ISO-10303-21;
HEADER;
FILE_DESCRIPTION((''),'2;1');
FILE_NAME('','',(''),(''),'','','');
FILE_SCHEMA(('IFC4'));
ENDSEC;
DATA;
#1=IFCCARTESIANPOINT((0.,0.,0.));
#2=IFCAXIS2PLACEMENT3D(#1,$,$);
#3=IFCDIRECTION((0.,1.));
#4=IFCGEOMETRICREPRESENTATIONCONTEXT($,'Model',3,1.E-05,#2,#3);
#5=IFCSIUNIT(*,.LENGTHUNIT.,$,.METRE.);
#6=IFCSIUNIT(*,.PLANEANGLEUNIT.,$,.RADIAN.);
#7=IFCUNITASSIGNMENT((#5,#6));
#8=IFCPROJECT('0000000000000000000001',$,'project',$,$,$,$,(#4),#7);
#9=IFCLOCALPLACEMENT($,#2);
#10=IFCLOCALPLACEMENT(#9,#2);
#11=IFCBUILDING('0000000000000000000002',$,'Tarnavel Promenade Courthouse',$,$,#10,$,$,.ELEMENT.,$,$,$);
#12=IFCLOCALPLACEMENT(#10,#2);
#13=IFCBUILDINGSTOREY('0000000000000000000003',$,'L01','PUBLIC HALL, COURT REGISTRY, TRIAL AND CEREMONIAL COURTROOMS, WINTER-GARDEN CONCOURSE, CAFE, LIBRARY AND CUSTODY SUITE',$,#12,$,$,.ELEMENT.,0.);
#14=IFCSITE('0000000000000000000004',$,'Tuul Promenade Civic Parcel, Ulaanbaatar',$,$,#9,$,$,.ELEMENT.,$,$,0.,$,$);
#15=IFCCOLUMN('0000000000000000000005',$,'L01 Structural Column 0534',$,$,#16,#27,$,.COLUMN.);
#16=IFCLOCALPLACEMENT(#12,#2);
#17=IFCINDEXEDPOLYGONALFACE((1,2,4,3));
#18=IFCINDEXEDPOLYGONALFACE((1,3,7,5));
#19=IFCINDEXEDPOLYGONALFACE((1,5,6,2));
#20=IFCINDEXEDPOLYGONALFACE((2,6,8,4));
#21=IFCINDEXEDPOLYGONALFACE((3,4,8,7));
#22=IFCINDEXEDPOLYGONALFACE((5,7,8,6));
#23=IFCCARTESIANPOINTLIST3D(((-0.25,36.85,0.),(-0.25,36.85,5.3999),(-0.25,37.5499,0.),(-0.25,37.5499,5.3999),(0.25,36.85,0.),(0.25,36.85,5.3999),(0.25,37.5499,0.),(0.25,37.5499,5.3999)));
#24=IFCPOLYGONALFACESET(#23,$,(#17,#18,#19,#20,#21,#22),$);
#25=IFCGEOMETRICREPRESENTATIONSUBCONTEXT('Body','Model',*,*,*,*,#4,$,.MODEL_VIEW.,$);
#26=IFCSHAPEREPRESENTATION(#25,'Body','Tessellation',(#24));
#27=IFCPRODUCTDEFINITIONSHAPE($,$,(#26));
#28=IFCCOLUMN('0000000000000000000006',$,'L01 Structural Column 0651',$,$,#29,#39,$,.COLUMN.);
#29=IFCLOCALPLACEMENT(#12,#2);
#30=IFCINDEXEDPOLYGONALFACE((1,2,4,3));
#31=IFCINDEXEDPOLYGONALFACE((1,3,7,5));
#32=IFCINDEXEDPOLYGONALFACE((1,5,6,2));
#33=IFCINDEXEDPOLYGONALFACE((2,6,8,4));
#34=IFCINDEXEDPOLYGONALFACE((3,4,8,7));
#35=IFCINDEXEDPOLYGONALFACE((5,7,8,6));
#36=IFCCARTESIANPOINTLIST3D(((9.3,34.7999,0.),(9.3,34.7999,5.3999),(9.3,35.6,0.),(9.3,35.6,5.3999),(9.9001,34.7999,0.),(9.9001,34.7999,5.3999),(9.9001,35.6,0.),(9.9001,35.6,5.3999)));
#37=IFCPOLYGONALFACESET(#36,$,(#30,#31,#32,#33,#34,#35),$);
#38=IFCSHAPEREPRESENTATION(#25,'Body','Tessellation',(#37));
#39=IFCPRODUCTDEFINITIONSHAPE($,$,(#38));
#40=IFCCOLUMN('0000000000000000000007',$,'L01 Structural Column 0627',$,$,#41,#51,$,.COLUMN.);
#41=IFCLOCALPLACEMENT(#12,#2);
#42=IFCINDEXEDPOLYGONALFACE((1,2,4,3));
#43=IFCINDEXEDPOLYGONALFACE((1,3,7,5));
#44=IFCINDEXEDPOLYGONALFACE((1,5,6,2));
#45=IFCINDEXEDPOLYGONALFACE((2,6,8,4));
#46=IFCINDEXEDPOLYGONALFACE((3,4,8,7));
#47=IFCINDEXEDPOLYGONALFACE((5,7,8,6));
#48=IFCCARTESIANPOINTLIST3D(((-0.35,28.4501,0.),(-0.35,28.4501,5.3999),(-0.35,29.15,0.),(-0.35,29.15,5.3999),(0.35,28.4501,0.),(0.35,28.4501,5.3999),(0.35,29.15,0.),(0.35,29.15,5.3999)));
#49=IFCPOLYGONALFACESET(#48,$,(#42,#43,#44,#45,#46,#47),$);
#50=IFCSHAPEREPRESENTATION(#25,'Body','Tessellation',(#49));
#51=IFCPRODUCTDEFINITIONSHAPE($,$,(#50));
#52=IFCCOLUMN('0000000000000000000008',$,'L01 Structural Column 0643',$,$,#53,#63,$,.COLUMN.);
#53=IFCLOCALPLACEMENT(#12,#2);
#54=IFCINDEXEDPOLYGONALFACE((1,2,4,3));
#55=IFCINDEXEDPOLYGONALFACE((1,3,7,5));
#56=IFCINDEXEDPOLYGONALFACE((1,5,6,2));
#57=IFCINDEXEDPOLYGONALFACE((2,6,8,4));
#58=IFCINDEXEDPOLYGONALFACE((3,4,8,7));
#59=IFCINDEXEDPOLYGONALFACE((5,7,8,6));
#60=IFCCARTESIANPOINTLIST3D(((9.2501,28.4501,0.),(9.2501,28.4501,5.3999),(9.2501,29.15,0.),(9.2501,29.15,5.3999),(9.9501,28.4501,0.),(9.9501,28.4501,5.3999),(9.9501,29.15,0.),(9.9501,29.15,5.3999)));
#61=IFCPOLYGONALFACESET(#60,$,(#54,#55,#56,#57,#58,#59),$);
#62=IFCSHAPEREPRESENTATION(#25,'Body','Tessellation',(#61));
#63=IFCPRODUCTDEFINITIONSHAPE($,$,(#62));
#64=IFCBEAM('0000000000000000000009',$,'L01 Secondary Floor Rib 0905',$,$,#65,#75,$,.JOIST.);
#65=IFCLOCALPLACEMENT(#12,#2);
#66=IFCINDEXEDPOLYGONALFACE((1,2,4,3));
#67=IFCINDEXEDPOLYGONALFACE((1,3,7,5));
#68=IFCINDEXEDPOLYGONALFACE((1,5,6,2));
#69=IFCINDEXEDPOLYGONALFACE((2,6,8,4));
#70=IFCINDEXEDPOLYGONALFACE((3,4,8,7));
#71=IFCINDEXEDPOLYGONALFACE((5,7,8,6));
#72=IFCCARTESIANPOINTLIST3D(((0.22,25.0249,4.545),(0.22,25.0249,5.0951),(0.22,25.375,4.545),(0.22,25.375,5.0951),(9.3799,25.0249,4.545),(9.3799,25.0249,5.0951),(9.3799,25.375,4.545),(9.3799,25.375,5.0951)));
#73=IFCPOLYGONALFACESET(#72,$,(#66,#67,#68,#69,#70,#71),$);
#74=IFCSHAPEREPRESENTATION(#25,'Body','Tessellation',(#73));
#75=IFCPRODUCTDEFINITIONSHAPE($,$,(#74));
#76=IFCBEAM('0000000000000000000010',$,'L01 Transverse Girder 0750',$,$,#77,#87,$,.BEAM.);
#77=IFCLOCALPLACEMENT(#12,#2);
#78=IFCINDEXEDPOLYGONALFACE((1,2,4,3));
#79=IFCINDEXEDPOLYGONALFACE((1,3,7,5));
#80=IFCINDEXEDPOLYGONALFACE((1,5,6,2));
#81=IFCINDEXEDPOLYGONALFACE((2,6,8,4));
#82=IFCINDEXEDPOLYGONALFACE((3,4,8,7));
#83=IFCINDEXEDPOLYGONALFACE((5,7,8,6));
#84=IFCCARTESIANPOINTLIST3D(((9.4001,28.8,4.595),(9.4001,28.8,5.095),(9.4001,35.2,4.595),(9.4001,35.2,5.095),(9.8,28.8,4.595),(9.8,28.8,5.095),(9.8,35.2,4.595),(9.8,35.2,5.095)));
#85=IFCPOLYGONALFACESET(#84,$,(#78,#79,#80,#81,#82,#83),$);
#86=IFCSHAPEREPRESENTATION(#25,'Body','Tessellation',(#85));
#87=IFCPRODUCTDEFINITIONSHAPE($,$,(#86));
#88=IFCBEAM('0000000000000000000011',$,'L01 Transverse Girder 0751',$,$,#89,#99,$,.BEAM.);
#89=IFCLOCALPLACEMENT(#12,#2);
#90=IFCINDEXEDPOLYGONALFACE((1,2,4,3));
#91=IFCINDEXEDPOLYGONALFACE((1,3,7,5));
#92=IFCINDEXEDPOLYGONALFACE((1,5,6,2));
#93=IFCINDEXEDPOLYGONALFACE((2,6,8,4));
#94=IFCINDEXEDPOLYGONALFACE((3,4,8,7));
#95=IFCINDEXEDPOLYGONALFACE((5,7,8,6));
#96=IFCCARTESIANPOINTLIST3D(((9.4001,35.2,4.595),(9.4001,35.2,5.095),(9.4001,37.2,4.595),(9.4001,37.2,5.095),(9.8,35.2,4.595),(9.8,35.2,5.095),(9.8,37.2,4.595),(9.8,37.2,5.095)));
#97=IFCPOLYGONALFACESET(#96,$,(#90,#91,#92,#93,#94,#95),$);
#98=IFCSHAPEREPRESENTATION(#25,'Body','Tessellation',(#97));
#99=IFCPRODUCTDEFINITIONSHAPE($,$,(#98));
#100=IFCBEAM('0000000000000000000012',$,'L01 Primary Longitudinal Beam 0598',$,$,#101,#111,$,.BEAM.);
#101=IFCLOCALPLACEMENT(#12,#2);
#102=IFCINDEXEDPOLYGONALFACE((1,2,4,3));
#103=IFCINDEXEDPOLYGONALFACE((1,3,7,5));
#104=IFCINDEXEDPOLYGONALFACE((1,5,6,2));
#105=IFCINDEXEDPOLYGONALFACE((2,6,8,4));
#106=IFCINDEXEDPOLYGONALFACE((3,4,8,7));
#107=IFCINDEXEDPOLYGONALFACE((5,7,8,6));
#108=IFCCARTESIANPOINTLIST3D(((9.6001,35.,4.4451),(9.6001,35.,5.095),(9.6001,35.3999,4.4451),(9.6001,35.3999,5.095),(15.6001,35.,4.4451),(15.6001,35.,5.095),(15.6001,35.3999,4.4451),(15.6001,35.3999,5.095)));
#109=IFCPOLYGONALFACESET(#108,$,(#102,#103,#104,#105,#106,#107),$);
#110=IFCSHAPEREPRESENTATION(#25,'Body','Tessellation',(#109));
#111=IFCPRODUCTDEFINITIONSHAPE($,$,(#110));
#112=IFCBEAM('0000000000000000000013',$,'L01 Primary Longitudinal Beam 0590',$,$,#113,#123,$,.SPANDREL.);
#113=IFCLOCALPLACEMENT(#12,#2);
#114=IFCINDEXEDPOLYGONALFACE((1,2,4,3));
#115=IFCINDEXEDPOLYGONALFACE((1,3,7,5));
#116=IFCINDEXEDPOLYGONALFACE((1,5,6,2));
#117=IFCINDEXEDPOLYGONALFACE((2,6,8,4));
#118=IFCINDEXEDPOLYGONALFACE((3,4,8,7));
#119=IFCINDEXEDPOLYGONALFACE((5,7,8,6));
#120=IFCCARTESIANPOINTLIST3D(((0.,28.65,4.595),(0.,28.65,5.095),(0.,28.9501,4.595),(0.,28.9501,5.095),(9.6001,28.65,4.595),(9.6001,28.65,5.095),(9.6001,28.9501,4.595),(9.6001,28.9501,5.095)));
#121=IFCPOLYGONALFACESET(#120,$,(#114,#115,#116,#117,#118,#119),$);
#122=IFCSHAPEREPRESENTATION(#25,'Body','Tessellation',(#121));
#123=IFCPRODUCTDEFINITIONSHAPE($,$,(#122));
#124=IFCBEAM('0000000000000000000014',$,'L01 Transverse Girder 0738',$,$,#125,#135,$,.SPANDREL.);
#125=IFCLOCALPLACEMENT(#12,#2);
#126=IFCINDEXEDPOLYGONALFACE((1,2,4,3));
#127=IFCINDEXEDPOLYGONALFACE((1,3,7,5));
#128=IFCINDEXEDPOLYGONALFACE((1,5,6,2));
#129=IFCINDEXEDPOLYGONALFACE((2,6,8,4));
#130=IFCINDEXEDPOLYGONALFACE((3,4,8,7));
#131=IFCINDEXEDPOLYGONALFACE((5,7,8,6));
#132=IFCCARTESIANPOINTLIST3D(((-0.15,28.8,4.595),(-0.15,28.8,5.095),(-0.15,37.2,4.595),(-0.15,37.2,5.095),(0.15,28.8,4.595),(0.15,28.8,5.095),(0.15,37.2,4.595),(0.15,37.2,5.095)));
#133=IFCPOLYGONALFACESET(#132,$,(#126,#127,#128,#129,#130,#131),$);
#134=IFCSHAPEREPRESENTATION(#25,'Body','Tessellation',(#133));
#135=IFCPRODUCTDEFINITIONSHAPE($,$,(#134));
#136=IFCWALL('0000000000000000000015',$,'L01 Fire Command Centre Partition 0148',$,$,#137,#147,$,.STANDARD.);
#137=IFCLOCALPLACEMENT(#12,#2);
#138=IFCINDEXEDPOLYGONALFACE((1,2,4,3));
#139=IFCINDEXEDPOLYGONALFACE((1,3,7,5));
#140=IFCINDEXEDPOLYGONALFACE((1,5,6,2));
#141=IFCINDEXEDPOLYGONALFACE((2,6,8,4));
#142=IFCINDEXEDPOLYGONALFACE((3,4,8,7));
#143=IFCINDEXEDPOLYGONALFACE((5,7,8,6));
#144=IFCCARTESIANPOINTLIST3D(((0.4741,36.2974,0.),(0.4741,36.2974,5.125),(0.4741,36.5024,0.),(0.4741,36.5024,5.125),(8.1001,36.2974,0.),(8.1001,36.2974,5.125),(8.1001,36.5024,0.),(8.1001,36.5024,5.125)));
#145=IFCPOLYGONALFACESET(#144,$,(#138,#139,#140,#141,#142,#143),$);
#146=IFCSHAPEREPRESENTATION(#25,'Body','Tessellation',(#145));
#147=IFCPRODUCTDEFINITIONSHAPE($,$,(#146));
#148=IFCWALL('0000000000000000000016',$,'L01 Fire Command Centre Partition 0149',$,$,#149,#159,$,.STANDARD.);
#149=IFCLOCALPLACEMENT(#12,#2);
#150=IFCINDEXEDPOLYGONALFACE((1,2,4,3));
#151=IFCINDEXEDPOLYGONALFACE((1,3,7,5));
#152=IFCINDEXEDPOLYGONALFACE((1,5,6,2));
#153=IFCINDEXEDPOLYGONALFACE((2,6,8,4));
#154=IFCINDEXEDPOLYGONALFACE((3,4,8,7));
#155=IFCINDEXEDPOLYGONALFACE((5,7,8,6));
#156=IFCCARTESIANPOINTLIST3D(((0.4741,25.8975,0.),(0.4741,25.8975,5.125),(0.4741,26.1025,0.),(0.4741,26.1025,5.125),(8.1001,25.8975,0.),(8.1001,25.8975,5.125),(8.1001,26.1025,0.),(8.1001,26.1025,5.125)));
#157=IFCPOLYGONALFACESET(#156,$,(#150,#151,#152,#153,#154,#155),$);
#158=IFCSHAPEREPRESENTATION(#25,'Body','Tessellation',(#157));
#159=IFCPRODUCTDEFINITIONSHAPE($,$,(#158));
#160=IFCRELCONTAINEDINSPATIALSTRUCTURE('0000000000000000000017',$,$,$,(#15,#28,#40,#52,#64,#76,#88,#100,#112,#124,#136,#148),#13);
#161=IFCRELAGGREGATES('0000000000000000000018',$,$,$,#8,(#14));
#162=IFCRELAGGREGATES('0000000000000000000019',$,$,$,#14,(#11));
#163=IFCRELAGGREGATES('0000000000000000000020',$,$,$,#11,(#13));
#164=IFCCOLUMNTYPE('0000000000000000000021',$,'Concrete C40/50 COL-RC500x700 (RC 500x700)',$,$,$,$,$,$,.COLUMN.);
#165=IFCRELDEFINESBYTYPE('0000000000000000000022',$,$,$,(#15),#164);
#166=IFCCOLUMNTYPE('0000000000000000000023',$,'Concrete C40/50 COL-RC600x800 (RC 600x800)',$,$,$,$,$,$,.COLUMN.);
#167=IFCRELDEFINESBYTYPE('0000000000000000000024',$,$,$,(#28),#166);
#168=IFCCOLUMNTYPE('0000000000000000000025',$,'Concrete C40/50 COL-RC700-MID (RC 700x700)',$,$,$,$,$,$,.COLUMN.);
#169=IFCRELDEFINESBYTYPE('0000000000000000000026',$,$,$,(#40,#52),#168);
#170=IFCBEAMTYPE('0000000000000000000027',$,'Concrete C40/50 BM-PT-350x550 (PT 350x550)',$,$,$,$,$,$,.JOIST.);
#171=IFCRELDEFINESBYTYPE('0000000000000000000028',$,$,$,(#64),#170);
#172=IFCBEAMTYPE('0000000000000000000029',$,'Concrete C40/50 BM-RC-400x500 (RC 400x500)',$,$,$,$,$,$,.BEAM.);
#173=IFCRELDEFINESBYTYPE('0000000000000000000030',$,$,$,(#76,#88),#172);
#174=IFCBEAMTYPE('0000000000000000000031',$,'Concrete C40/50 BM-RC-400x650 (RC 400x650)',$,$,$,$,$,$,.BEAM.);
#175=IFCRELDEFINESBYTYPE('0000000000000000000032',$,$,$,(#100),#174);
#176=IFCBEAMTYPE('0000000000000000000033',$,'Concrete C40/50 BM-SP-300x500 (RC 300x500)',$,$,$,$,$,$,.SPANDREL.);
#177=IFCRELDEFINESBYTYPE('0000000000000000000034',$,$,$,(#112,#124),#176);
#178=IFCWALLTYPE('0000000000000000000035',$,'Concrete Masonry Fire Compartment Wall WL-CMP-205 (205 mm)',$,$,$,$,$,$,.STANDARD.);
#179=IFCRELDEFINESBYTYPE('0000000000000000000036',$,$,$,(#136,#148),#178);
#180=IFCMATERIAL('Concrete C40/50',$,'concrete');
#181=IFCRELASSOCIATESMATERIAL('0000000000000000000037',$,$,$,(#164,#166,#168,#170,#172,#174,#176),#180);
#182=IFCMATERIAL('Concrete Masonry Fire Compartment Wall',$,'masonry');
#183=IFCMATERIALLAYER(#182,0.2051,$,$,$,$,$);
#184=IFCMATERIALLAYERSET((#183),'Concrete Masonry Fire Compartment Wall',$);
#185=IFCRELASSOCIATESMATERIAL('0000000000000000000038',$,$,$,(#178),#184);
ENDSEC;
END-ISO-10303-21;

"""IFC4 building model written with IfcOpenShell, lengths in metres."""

from ifc_helpers import new_model, si_unit, direction, frame, frame_2d, origin, origin_2d, place, context, subcontext, project, spatial, rectangle, extrude, material, layer, layer_set, material_profile, profile_set, type_object, element, save


model = new_model("IFC4")

# Units and contexts
model_context = context("Model", 3, precision=1e-05, world=origin(), true_north=direction((0.0, 1.0)))
body_context = subcontext(model_context, "Body", "Model", "MODEL_VIEW")
ifc_project = project(units=[si_unit("LENGTHUNIT", "METRE"), si_unit("PLANEANGLEUNIT", "RADIAN")], contexts=[model_context])

# Site, building, storey
site_placement = place(None, origin())
site = spatial("IfcSite", under=ifc_project, at=site_placement, Name="Tuul Promenade Civic Parcel, Ulaanbaatar", CompositionType="ELEMENT", RefElevation=0.0)
building_placement = place(site_placement, origin())
building = spatial("IfcBuilding", under=site, at=building_placement, Name="Tarnavel Promenade Courthouse", CompositionType="ELEMENT")
storey_placement = place(building_placement, origin())
storey = spatial("IfcBuildingStorey", under=building, at=storey_placement, Name="L01", Description="PUBLIC HALL, COURT REGISTRY, TRIAL AND CEREMONIAL COURTROOMS, WINTER-GARDEN CONCOURSE, CAFE, LIBRARY AND CUSTODY SUITE", CompositionType="ELEMENT", Elevation=0.0)

# Columns
ifc_material_1 = material(Name="Concrete C40/50", Category="concrete")
ifc_material_profile_1 = material_profile(ifc_material_1, rectangle(XDim=0.5, YDim=0.7, at=origin_2d()), Name="RC 500x700")
ifc_profile_set_1 = profile_set([ifc_material_profile_1], Name="Concrete C40/50")
column_type_1 = type_object("IfcColumnType", Name="Concrete C40/50 COL-RC500x700 (RC 500x700)", PredefinedType="COLUMN", material=ifc_profile_set_1)
column_1_placement = place(storey_placement, frame((0.0, 37.2, 0.0), z_axis=(0.0, 0.0, 1.0), x_axis=(1.0, 0.0, 0.0)))
element("IfcColumn", 1, at=column_1_placement, inside=storey, type_object=column_type_1, Name="L01 Structural Column 0534", PredefinedType="COLUMN", context=body_context, shape_type="SweptSolid", body=[
    extrude(rectangle(XDim=0.5, YDim=0.7, at=origin_2d()), origin(), (0.0, 0.0, 1.0), 5.3999),
])
ifc_material_profile_2 = material_profile(ifc_material_1, rectangle(XDim=0.6001, YDim=0.8, at=origin_2d()), Name="RC 600x800")
ifc_profile_set_2 = profile_set([ifc_material_profile_2], Name="Concrete C40/50")
column_type_2 = type_object("IfcColumnType", Name="Concrete C40/50 COL-RC600x800 (RC 600x800)", PredefinedType="COLUMN", material=ifc_profile_set_2)
column_2_placement = place(storey_placement, frame((9.6001, 35.2, 0.0), z_axis=(0.0, 0.0, 1.0), x_axis=(1.0, 0.0, 0.0)))
element("IfcColumn", 2, at=column_2_placement, inside=storey, type_object=column_type_2, Name="L01 Structural Column 0651", PredefinedType="COLUMN", context=body_context, shape_type="SweptSolid", body=[
    extrude(rectangle(XDim=0.6001, YDim=0.8, at=origin_2d()), origin(), (0.0, 0.0, 1.0), 5.3999),
])
ifc_material_profile_3 = material_profile(ifc_material_1, rectangle(XDim=0.7, YDim=0.7, at=origin_2d()), Name="RC 700x700")
ifc_profile_set_3 = profile_set([ifc_material_profile_3], Name="Concrete C40/50")
column_type_3 = type_object("IfcColumnType", Name="Concrete C40/50 COL-RC700-MID (RC 700x700)", PredefinedType="COLUMN", material=ifc_profile_set_3)
for number, where, z_axis, x_axis, name in (
    (3, (0.0, 28.8, 0.0), (0.0, 0.0, 1.0), (1.0, 0.0, 0.0), "L01 Structural Column 0627"),
    (4, (9.6001, 28.8, 0.0), (0.0, 0.0, 1.0), (1.0, 0.0, 0.0), "L01 Structural Column 0643"),
):
    element("IfcColumn", number, at=place(storey_placement, frame(where, z_axis=z_axis, x_axis=x_axis)), inside=storey, type_object=column_type_3, Name=name, PredefinedType="COLUMN", context=body_context, shape_type="SweptSolid", body=[
        extrude(rectangle(XDim=0.7, YDim=0.7, at=origin_2d()), origin(), (0.0, 0.0, 1.0), 5.3999),
    ])

# Beams
ifc_material_profile_4 = material_profile(ifc_material_1, rectangle(XDim=0.3501, YDim=0.55, at=origin_2d()), Name="PT 350x550")
ifc_profile_set_4 = profile_set([ifc_material_profile_4], Name="Concrete C40/50")
beam_type_1 = type_object("IfcBeamType", Name="Concrete C40/50 BM-PT-350x550 (PT 350x550)", PredefinedType="JOIST", material=ifc_profile_set_4)
beam_1_placement = place(storey_placement, frame((0.22, 25.2, 4.8201), z_axis=(1.0, 0.0, 0.0), x_axis=(0.0, 1.0, 0.0)))
element("IfcBeam", 5, at=beam_1_placement, inside=storey, type_object=beam_type_1, Name="L01 Secondary Floor Rib 0905", PredefinedType="JOIST", context=body_context, shape_type="SweptSolid", body=[
    extrude(rectangle(XDim=0.3501, YDim=0.55, at=origin_2d()), origin(), (0.0, 0.0, 1.0), 9.1599),
])
ifc_material_profile_5 = material_profile(ifc_material_1, rectangle(XDim=0.3999, YDim=0.5, at=origin_2d()), Name="RC 400x500")
ifc_profile_set_5 = profile_set([ifc_material_profile_5], Name="Concrete C40/50")
beam_type_2 = type_object("IfcBeamType", Name="Concrete C40/50 BM-RC-400x500 (RC 400x500)", PredefinedType="BEAM", material=ifc_profile_set_5)
beam_2_placement = place(storey_placement, frame((9.6001, 28.8, 4.845), z_axis=(0.0, 1.0, 0.0), x_axis=(-1.0, 0.0, 0.0)))
element("IfcBeam", 6, at=beam_2_placement, inside=storey, type_object=beam_type_2, Name="L01 Transverse Girder 0750", PredefinedType="BEAM", context=body_context, shape_type="SweptSolid", body=[
    extrude(rectangle(XDim=0.3999, YDim=0.5, at=origin_2d()), origin(), (0.0, 0.0, 1.0), 6.3999),
])
beam_3_placement = place(storey_placement, frame((9.6001, 35.2, 4.845), z_axis=(0.0, 1.0, 0.0), x_axis=(-1.0, 0.0, 0.0)))
element("IfcBeam", 7, at=beam_3_placement, inside=storey, type_object=beam_type_2, Name="L01 Transverse Girder 0751", PredefinedType="BEAM", context=body_context, shape_type="SweptSolid", body=[
    extrude(rectangle(XDim=0.3999, YDim=0.5, at=origin_2d()), origin(), (0.0, 0.0, 1.0), 2.0),
])
ifc_material_profile_6 = material_profile(ifc_material_1, rectangle(XDim=0.3999, YDim=0.6499, at=origin_2d()), Name="RC 400x650")
ifc_profile_set_6 = profile_set([ifc_material_profile_6], Name="Concrete C40/50")
beam_type_3 = type_object("IfcBeamType", Name="Concrete C40/50 BM-RC-400x650 (RC 400x650)", PredefinedType="BEAM", material=ifc_profile_set_6)
beam_4_placement = place(storey_placement, frame((9.6001, 35.2, 4.77), z_axis=(1.0, 0.0, 0.0), x_axis=(0.0, 1.0, 0.0)))
element("IfcBeam", 8, at=beam_4_placement, inside=storey, type_object=beam_type_3, Name="L01 Primary Longitudinal Beam 0598", PredefinedType="BEAM", context=body_context, shape_type="SweptSolid", body=[
    extrude(rectangle(XDim=0.3999, YDim=0.6499, at=origin_2d()), origin(), (0.0, 0.0, 1.0), 6.0),
])
ifc_material_profile_7 = material_profile(ifc_material_1, rectangle(XDim=0.3, YDim=0.5, at=origin_2d()), Name="RC 300x500")
ifc_profile_set_7 = profile_set([ifc_material_profile_7], Name="Concrete C40/50")
beam_type_4 = type_object("IfcBeamType", Name="Concrete C40/50 BM-SP-300x500 (RC 300x500)", PredefinedType="SPANDREL", material=ifc_profile_set_7)
beam_5_placement = place(storey_placement, frame((0.0, 28.8, 4.845), z_axis=(1.0, 0.0, 0.0), x_axis=(0.0, 1.0, 0.0)))
element("IfcBeam", 9, at=beam_5_placement, inside=storey, type_object=beam_type_4, Name="L01 Primary Longitudinal Beam 0590", PredefinedType="SPANDREL", context=body_context, shape_type="SweptSolid", body=[
    extrude(rectangle(XDim=0.3, YDim=0.5, at=origin_2d()), origin(), (0.0, 0.0, 1.0), 9.6001),
])
beam_6_placement = place(storey_placement, frame((0.0, 28.8, 4.845), z_axis=(0.0, 1.0, 0.0), x_axis=(-1.0, 0.0, 0.0)))
element("IfcBeam", 10, at=beam_6_placement, inside=storey, type_object=beam_type_4, Name="L01 Transverse Girder 0738", PredefinedType="SPANDREL", context=body_context, shape_type="SweptSolid", body=[
    extrude(rectangle(XDim=0.3, YDim=0.5, at=origin_2d()), origin(), (0.0, 0.0, 1.0), 8.3999),
])

# Walls
ifc_material_2 = material(Name="Concrete Masonry Fire Compartment Wall", Category="masonry")
ifc_layer_1 = layer(ifc_material_2, 0.2051)
ifc_layer_set_1 = layer_set([ifc_layer_1], Name="Concrete Masonry Fire Compartment Wall")
wall_type_1 = type_object("IfcWallType", Name="Concrete Masonry Fire Compartment Wall WL-CMP-205 (205 mm)", PredefinedType="STANDARD", material=ifc_layer_set_1)
for number, where, z_axis, x_axis, name in (
    (11, (0.4741, 36.3999, 0.0), (0.0, 0.0, 1.0), (1.0, 0.0, 0.0), "L01 Fire Command Centre Partition 0148"),
    (12, (8.1001, 26.0, 0.0), (0.0, 0.0, 1.0), (-1.0, 0.0, 0.0), "L01 Fire Command Centre Partition 0149"),
):
    element("IfcWall", number, at=place(storey_placement, frame(where, z_axis=z_axis, x_axis=x_axis)), inside=storey, type_object=wall_type_1, Name=name, PredefinedType="STANDARD", context=body_context, shape_type="SweptSolid", body=[
        extrude(rectangle(XDim=7.626, YDim=0.2051, at=frame_2d((3.813, 0.0))), origin(), (0.0, 0.0, 1.0), 5.125),
    ])

save(model, "model.ifc")
